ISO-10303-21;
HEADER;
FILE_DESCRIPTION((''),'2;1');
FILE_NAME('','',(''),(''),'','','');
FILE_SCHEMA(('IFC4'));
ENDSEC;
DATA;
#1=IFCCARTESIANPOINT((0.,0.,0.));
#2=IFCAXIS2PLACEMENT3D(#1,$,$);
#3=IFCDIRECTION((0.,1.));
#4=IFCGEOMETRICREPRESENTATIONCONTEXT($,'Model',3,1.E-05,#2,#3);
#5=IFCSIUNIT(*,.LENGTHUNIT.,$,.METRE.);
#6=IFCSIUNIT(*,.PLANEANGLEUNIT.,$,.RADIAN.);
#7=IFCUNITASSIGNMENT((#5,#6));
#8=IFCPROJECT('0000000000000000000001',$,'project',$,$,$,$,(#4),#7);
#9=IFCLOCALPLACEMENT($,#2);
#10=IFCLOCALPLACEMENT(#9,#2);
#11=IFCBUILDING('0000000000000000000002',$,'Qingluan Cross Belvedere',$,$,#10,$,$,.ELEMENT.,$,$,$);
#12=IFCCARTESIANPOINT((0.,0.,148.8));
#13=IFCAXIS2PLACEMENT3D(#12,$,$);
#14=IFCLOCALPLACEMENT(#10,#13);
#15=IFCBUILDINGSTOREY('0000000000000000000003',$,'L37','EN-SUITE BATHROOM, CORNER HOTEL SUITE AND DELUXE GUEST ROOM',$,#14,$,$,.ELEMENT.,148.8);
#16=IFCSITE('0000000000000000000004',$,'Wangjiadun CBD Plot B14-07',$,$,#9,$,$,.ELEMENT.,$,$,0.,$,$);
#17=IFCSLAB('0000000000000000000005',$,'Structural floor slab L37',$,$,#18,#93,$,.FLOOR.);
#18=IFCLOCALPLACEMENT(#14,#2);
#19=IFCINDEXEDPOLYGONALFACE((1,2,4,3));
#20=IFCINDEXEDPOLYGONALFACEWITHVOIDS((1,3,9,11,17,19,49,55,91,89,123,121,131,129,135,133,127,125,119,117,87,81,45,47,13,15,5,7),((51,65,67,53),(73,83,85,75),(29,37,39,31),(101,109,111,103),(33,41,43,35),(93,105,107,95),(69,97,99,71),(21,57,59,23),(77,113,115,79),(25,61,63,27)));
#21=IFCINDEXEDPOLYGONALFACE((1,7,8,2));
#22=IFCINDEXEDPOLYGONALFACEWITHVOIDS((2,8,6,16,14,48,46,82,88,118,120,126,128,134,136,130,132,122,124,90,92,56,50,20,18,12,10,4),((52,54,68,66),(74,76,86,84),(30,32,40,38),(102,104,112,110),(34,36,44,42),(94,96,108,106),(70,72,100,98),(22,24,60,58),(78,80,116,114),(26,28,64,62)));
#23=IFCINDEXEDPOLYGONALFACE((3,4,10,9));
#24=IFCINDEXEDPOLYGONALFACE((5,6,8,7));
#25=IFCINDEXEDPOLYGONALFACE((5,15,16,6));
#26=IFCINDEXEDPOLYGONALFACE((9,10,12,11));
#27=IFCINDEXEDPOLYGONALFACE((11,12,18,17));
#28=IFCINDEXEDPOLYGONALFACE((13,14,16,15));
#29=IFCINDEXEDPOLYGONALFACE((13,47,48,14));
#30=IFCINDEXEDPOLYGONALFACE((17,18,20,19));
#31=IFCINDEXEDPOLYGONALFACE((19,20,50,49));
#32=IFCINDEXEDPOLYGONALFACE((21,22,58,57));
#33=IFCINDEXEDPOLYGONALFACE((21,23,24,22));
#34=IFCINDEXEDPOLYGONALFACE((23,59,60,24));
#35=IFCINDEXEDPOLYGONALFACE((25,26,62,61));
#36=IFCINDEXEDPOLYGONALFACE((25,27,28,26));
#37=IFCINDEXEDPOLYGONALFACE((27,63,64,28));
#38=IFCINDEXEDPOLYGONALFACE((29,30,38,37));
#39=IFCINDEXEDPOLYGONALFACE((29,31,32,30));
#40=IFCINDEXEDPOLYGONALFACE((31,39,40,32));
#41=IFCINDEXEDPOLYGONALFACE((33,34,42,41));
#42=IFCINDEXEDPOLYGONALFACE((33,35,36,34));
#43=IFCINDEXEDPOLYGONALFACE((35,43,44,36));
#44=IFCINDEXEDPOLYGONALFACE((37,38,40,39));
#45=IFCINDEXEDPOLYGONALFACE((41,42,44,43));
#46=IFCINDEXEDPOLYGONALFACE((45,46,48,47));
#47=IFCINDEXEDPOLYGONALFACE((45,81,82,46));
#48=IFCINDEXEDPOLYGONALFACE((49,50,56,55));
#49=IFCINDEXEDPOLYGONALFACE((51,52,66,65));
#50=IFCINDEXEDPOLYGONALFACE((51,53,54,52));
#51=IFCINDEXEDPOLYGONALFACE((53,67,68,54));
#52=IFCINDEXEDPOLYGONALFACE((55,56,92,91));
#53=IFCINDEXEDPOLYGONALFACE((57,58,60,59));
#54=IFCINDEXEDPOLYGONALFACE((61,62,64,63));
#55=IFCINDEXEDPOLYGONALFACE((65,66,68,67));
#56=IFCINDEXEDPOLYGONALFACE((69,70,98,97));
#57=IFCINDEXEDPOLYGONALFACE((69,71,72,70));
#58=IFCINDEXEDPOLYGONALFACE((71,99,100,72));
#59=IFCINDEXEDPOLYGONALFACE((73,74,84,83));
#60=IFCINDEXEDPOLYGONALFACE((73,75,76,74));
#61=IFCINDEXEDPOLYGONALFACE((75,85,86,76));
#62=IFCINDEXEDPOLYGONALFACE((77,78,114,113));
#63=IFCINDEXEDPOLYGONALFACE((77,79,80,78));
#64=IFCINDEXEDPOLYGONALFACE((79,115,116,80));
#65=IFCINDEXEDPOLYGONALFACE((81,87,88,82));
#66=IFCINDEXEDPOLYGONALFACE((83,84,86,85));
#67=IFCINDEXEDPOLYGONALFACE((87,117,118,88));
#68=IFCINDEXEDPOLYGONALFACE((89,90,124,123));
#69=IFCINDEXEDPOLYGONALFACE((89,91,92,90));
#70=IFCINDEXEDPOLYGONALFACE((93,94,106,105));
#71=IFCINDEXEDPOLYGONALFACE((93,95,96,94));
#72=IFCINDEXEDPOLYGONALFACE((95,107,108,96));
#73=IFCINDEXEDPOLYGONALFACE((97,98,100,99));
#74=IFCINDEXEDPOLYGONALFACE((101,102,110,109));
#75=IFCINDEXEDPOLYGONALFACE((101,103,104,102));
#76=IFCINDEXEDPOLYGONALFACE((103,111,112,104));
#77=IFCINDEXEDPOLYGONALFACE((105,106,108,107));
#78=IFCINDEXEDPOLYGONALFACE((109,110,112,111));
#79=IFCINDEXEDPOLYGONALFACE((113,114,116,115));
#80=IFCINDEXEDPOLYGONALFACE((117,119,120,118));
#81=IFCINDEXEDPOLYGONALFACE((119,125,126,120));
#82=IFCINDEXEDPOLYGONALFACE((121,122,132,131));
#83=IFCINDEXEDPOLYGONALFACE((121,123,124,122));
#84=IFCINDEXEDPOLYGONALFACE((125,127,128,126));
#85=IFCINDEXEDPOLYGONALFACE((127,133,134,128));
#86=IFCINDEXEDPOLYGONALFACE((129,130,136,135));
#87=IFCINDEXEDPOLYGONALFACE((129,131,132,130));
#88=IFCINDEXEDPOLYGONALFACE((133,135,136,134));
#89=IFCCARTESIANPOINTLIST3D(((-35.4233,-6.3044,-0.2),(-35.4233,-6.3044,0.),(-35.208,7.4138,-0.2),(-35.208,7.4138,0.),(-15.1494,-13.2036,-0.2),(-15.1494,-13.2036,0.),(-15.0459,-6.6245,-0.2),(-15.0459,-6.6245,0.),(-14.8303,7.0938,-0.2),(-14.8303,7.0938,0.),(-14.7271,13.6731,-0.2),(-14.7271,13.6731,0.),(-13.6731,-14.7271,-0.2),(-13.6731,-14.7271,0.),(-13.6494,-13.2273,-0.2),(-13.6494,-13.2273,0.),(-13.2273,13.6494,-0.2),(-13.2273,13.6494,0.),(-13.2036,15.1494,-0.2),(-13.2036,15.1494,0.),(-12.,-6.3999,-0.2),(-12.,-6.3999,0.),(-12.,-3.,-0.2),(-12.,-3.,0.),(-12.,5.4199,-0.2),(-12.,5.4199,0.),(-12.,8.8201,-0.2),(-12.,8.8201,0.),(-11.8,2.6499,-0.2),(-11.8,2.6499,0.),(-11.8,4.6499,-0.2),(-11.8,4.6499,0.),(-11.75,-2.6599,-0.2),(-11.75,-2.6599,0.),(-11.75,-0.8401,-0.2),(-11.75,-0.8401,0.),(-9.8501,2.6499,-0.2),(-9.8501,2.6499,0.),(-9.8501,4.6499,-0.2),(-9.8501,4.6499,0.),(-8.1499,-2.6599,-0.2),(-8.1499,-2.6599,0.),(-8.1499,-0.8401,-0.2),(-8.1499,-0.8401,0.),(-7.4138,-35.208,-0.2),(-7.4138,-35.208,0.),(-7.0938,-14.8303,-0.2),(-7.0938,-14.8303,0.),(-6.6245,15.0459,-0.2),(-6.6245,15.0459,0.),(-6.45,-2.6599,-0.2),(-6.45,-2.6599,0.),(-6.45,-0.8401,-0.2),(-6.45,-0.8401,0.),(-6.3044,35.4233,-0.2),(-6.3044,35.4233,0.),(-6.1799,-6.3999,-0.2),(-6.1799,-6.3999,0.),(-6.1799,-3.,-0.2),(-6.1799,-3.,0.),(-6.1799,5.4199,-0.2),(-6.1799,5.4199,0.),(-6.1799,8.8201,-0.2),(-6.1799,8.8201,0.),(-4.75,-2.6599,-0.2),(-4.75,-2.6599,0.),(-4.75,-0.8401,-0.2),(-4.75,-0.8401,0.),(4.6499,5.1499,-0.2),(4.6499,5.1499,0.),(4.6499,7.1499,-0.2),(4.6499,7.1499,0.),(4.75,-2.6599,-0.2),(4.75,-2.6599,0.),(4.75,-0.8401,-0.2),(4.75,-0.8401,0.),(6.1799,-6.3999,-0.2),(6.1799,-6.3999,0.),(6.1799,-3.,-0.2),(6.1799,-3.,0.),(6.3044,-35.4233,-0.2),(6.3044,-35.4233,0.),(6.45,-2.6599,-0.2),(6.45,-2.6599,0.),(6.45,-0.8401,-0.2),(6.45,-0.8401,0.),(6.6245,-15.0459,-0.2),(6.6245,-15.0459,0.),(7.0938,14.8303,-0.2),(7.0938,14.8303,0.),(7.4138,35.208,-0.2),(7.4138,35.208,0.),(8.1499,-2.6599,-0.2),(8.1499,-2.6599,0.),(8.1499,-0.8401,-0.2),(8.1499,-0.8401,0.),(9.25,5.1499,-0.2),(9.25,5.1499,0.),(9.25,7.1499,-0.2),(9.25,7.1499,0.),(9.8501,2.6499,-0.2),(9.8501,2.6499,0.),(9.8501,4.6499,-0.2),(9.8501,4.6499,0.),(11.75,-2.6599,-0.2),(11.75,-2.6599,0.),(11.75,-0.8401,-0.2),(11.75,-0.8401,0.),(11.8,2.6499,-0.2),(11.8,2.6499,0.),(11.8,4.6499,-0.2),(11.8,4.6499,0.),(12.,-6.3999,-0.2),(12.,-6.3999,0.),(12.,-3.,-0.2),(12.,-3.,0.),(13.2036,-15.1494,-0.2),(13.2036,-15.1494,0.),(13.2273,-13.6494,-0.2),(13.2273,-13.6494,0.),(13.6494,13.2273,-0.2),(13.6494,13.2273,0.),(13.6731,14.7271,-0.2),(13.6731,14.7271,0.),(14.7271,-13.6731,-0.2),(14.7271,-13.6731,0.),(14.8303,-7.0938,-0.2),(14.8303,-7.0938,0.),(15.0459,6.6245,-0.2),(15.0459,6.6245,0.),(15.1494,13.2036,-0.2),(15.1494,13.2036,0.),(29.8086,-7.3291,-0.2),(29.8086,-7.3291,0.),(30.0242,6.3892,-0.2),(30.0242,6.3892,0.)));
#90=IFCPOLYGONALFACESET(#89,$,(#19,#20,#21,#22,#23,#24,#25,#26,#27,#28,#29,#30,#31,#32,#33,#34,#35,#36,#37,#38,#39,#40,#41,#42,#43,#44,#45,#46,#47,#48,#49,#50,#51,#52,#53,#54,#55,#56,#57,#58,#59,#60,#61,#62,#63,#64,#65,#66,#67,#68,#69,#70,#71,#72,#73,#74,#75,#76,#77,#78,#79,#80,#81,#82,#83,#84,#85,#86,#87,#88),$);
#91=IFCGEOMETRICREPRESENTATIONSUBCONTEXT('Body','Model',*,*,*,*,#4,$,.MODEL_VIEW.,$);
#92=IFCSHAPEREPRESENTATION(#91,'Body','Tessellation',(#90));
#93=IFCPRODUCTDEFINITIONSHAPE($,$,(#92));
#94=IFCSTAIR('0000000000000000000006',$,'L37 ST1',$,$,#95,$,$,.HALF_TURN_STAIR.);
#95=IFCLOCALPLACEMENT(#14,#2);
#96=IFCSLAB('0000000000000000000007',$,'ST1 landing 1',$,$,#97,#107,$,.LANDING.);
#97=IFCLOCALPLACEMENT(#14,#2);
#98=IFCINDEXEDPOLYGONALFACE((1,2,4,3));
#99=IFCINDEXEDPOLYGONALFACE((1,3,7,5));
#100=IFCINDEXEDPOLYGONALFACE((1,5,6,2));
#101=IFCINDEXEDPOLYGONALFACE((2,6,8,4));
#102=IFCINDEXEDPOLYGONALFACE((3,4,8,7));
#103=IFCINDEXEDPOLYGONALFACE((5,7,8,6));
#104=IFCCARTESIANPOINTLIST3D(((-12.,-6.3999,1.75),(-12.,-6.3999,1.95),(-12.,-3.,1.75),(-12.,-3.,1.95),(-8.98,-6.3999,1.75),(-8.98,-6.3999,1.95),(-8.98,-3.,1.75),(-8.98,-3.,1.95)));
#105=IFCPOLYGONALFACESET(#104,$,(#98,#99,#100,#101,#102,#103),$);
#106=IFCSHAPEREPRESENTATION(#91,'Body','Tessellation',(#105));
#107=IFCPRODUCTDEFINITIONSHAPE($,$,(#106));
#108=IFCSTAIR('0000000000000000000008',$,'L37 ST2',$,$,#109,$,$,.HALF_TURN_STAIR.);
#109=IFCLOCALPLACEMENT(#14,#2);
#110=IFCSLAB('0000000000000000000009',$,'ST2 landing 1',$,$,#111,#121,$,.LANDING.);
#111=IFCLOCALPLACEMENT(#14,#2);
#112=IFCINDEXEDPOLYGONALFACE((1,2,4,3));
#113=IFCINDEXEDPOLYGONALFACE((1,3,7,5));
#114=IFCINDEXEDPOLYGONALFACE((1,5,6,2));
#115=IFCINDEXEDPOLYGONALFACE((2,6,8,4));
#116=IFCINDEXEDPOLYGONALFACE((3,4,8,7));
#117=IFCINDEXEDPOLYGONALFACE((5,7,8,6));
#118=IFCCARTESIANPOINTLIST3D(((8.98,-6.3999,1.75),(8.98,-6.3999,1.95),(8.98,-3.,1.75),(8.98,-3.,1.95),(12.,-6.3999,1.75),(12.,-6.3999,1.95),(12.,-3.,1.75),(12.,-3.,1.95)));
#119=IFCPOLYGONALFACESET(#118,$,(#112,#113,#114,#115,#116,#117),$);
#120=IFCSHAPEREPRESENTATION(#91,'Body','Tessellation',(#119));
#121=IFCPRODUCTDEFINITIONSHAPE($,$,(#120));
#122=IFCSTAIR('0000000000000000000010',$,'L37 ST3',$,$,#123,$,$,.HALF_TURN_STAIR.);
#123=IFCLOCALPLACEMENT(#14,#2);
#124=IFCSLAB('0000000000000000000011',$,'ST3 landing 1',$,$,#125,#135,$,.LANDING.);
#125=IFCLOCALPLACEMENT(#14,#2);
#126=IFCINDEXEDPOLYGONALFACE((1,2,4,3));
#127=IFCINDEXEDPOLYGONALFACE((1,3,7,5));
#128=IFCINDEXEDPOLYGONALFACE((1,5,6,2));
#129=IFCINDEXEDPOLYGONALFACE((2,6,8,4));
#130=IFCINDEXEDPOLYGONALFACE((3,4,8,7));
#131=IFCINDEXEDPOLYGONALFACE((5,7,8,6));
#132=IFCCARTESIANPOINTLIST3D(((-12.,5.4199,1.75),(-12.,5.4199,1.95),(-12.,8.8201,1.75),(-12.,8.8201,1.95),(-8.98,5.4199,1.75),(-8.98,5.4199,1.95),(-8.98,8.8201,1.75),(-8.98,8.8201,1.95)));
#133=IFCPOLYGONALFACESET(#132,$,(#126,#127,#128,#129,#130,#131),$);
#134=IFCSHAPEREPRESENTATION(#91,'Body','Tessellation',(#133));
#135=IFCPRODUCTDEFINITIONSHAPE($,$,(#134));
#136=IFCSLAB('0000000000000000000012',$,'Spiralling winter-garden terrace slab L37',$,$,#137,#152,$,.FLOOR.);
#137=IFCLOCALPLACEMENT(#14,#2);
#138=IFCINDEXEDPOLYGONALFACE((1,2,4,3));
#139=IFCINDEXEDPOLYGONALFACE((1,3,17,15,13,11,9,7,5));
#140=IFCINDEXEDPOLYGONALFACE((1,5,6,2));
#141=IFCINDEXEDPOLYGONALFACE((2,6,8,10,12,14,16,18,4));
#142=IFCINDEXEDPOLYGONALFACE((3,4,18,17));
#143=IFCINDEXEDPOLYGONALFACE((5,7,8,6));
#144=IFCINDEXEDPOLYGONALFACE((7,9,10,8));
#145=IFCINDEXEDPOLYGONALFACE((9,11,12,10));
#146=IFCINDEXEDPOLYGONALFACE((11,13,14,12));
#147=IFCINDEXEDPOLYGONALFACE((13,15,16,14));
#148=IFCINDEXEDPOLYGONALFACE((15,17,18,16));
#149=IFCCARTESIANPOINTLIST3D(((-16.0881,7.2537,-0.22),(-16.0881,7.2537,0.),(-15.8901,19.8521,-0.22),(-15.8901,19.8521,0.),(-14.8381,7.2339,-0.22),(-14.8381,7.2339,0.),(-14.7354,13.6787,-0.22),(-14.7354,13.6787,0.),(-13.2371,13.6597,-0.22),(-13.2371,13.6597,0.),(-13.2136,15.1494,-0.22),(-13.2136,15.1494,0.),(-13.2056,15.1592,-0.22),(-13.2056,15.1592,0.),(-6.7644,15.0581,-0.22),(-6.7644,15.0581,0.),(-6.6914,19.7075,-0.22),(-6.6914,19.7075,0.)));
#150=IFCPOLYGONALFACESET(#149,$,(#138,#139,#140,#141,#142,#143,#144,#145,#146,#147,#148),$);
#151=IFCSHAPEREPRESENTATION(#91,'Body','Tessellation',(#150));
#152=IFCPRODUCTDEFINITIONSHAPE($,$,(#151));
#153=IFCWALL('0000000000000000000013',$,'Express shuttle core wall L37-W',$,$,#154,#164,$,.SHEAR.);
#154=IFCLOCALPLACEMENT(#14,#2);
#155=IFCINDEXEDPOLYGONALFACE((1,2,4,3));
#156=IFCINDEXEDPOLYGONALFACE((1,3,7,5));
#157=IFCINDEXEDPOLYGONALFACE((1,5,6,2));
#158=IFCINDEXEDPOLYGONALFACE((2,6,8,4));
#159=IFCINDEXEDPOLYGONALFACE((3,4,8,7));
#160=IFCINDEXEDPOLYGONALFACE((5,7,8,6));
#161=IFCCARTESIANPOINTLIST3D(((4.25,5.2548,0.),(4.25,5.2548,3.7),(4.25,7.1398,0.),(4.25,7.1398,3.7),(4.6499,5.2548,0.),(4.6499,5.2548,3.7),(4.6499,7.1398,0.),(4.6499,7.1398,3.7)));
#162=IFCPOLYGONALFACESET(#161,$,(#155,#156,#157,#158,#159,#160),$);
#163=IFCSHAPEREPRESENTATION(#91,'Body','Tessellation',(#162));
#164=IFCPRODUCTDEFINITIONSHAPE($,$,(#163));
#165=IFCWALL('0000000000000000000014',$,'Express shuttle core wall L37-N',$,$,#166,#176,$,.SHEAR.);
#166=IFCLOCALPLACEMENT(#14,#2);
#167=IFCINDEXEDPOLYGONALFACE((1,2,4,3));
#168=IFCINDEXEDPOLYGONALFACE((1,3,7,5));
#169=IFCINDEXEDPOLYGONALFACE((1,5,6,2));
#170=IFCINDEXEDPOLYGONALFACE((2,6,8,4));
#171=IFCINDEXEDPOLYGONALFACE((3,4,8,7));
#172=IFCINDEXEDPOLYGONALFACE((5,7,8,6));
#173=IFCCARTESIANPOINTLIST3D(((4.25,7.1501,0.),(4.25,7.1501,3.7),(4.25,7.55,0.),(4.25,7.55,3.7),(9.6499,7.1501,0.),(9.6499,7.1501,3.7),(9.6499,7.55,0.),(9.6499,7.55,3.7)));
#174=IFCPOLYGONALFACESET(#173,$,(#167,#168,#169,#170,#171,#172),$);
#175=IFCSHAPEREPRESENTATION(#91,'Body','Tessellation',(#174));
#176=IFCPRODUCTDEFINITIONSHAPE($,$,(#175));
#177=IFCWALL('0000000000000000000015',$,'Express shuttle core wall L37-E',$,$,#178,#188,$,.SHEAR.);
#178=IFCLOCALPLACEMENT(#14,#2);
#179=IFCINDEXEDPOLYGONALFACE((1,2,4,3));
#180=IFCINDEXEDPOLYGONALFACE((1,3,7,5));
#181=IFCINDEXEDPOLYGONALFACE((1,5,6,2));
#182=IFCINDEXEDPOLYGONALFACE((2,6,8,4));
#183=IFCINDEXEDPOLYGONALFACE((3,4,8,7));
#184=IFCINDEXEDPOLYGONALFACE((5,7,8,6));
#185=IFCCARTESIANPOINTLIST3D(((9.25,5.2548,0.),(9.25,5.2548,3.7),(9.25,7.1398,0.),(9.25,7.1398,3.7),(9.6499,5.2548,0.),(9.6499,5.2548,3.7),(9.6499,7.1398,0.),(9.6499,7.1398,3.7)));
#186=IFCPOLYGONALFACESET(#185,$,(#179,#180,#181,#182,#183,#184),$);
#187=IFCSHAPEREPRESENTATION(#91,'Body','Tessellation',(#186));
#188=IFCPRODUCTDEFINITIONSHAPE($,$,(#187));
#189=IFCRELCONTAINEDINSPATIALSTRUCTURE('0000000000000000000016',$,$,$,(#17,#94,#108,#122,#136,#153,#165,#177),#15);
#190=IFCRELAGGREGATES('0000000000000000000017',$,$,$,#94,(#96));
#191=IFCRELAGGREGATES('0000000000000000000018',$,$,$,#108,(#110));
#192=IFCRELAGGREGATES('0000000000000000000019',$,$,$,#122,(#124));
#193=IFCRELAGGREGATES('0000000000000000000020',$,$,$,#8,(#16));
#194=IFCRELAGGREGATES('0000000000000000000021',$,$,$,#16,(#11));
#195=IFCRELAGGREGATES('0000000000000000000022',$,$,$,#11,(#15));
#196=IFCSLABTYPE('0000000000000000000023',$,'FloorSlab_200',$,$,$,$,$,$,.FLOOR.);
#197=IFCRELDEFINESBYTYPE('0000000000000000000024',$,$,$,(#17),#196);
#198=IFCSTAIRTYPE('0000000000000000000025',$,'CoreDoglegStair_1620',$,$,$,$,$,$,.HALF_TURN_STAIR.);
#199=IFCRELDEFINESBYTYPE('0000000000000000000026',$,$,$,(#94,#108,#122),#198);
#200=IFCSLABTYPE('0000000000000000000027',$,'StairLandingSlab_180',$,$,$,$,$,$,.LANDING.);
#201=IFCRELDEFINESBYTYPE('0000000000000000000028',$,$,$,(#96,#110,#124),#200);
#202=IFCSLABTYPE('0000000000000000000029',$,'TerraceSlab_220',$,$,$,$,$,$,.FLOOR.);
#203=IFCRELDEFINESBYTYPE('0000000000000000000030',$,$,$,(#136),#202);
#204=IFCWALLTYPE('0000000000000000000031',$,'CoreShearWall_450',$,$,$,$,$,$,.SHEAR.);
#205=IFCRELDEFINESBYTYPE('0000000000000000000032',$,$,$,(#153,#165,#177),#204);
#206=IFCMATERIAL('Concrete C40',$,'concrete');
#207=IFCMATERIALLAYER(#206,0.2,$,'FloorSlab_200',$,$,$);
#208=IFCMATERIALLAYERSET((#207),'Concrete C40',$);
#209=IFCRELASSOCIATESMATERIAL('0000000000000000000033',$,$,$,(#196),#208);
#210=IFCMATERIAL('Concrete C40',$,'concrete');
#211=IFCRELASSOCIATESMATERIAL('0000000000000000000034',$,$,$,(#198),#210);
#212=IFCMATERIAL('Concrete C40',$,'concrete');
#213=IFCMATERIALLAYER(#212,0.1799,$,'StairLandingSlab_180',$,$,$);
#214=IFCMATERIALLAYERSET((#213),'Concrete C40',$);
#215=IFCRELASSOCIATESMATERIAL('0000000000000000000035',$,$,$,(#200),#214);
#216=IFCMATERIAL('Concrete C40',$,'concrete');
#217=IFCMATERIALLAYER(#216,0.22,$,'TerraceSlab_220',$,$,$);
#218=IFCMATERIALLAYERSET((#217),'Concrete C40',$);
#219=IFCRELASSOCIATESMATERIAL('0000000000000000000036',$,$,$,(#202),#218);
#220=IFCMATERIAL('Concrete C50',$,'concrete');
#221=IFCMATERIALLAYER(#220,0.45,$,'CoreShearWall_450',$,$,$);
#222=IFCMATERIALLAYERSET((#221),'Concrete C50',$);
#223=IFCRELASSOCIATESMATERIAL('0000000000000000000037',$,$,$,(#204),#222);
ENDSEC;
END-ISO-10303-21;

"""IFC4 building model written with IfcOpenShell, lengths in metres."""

from ifc_helpers import new_model, si_unit, direction, frame, frame_2d, origin, place, context, subcontext, project, spatial, polyline, rectangle, outline, extrude, material, layer, layer_set, type_object, element, aggregate, save


model = new_model("IFC4")

# Units and contexts
model_context = context("Model", 3, precision=1e-05, world=origin(), true_north=direction((0.0, 1.0)))
body_context = subcontext(model_context, "Body", "Model", "MODEL_VIEW")
ifc_project = project(units=[si_unit("LENGTHUNIT", "METRE"), si_unit("PLANEANGLEUNIT", "RADIAN")], contexts=[model_context])

# Site, building, storey
site_placement = place(None, origin())
site = spatial("IfcSite", under=ifc_project, at=site_placement, Name="Wangjiadun CBD Plot B14-07", CompositionType="ELEMENT", RefElevation=0.0)
building_placement = place(site_placement, origin())
building = spatial("IfcBuilding", under=site, at=building_placement, Name="Qingluan Cross Belvedere", CompositionType="ELEMENT")
storey_placement = place(building_placement, frame((0.0, 0.0, 148.8)))
storey = spatial("IfcBuildingStorey", under=building, at=storey_placement, Name="L37", Description="EN-SUITE BATHROOM, CORNER HOTEL SUITE AND DELUXE GUEST ROOM", CompositionType="ELEMENT", Elevation=148.8)

# Slab
ifc_material_1 = material(Name="Concrete C40", Category="concrete")
ifc_layer_1 = layer(ifc_material_1, 0.2, Name="FloorSlab_200")
ifc_layer_set_1 = layer_set([ifc_layer_1], Name="Concrete C40")
slab_type_1 = type_object("IfcSlabType", Name="FloorSlab_200", PredefinedType="FLOOR", material=ifc_layer_set_1)
slab_1_placement = place(storey_placement, frame((0.0, 0.0, -0.2)))
element("IfcSlab", 1, at=slab_1_placement, inside=storey, type_object=slab_type_1, Name="Structural floor slab L37", PredefinedType="FLOOR", context=body_context, shape_type="SweptSolid", body=[
    extrude(outline(polyline([(6.3044, -35.4233), (6.6245, -15.0459), (13.2036, -15.1494), (13.2273, -13.6494), (14.7271, -13.6731), (14.8303, -7.0938), (29.8086, -7.3291), (30.0242, 6.3892), (15.0459, 6.6245), (15.1494, 13.2036), (13.6494, 13.2273), (13.6731, 14.7271), (7.0938, 14.8303), (7.4138, 35.208), (-6.3044, 35.4233), (-6.6245, 15.0459), (-13.2036, 15.1494), (-13.2273, 13.6494), (-14.7271, 13.6731), (-14.8303, 7.0938), (-35.208, 7.4138), (-35.4233, -6.3044), (-15.0459, -6.6245), (-15.1494, -13.2036), (-13.6494, -13.2273), (-13.6731, -14.7271), (-7.0938, -14.8303), (-7.4138, -35.208), (6.3044, -35.4233)]), holes=[polyline([(-12.0, -3.0), (-6.1799, -3.0), (-6.1799, -6.3999), (-12.0, -6.3999), (-12.0, -3.0)]), polyline([(6.1799, -3.0), (12.0, -3.0), (12.0, -6.3999), (6.1799, -6.3999), (6.1799, -3.0)]), polyline([(-12.0, 8.8201), (-6.1799, 8.8201), (-6.1799, 5.4199), (-12.0, 5.4199), (-12.0, 8.8201)]), polyline([(-11.8, 4.6499), (-9.8501, 4.6499), (-9.8501, 2.6499), (-11.8, 2.6499), (-11.8, 4.6499)]), polyline([(9.8501, 4.6499), (11.8, 4.6499), (11.8, 2.6499), (9.8501, 2.6499), (9.8501, 4.6499)]), polyline([(-11.75, -0.8401), (-8.1499, -0.8401), (-8.1499, -2.6599), (-11.75, -2.6599), (-11.75, -0.8401)]), polyline([(-6.45, -0.8401), (-4.75, -0.8401), (-4.75, -2.6599), (-6.45, -2.6599), (-6.45, -0.8401)]), polyline([(4.75, -0.8401), (6.45, -0.8401), (6.45, -2.6599), (4.75, -2.6599), (4.75, -0.8401)]), polyline([(8.1499, -0.8401), (11.75, -0.8401), (11.75, -2.6599), (8.1499, -2.6599), (8.1499, -0.8401)]), polyline([(4.6499, 7.1499), (9.25, 7.1499), (9.25, 5.1499), (4.6499, 5.1499), (4.6499, 7.1499)])]), origin(), (0.0, 0.0, 1.0), 0.2),
])

# Stairs, slabs
ifc_material_2 = material(Name="Concrete C40", Category="concrete")
stair_type = type_object("IfcStairType", Name="CoreDoglegStair_1620", PredefinedType="HALF_TURN_STAIR", material=ifc_material_2)
stair_1_placement = place(storey_placement, origin())
stair_1 = element("IfcStair", 2, at=stair_1_placement, inside=storey, type_object=stair_type, Name="L37 ST1", PredefinedType="HALF_TURN_STAIR")
ifc_material_3 = material(Name="Concrete C40", Category="concrete")
ifc_layer_2 = layer(ifc_material_3, 0.1799, Name="StairLandingSlab_180")
ifc_layer_set_2 = layer_set([ifc_layer_2], Name="Concrete C40")
slab_type_2 = type_object("IfcSlabType", Name="StairLandingSlab_180", PredefinedType="LANDING", material=ifc_layer_set_2)
slab_2_placement = place(storey_placement, frame((0.0, 0.0, 1.75)))
slab_2 = element("IfcSlab", 3, at=slab_2_placement, type_object=slab_type_2, Name="ST1 landing 1", PredefinedType="LANDING", context=body_context, shape_type="SweptSolid", body=[
    extrude(outline(polyline([(-8.98, -3.0), (-12.0, -3.0), (-12.0, -6.3999), (-8.98, -6.3999), (-8.98, -3.0)])), origin(), (0.0, 0.0, 1.0), 0.2),
])
aggregate(stair_1, [slab_2])
stair_2_placement = place(storey_placement, origin())
stair_2 = element("IfcStair", 4, at=stair_2_placement, inside=storey, type_object=stair_type, Name="L37 ST2", PredefinedType="HALF_TURN_STAIR")
slab_3_placement = place(storey_placement, frame((0.0, 0.0, 1.75)))
slab_3 = element("IfcSlab", 5, at=slab_3_placement, type_object=slab_type_2, Name="ST2 landing 1", PredefinedType="LANDING", context=body_context, shape_type="SweptSolid", body=[
    extrude(outline(polyline([(8.98, -6.3999), (12.0, -6.3999), (12.0, -3.0), (8.98, -3.0), (8.98, -6.3999)])), origin(), (0.0, 0.0, 1.0), 0.2),
])
aggregate(stair_2, [slab_3])
stair_3_placement = place(storey_placement, origin())
stair_3 = element("IfcStair", 6, at=stair_3_placement, inside=storey, type_object=stair_type, Name="L37 ST3", PredefinedType="HALF_TURN_STAIR")
slab_4_placement = place(storey_placement, frame((0.0, 0.0, 1.75)))
slab_4 = element("IfcSlab", 7, at=slab_4_placement, type_object=slab_type_2, Name="ST3 landing 1", PredefinedType="LANDING", context=body_context, shape_type="SweptSolid", body=[
    extrude(outline(polyline([(-8.98, 8.8201), (-12.0, 8.8201), (-12.0, 5.4199), (-8.98, 5.4199), (-8.98, 8.8201)])), origin(), (0.0, 0.0, 1.0), 0.2),
])
aggregate(stair_3, [slab_4])

# Slab
ifc_material_4 = material(Name="Concrete C40", Category="concrete")
ifc_layer_3 = layer(ifc_material_4, 0.22, Name="TerraceSlab_220")
ifc_layer_set_3 = layer_set([ifc_layer_3], Name="Concrete C40")
slab_type_3 = type_object("IfcSlabType", Name="TerraceSlab_220", PredefinedType="FLOOR", material=ifc_layer_set_3)
slab_5_placement = place(storey_placement, frame((0.0, 0.0, -0.22)))
element("IfcSlab", 8, at=slab_5_placement, inside=storey, type_object=slab_type_3, Name="Spiralling winter-garden terrace slab L37", PredefinedType="FLOOR", context=body_context, shape_type="SweptSolid", body=[
    extrude(outline(polyline([(-14.8381, 7.2339), (-14.7354, 13.6787), (-13.2371, 13.6597), (-13.2136, 15.1494), (-13.2056, 15.1592), (-6.7644, 15.0581), (-6.6914, 19.7075), (-15.8901, 19.8521), (-16.0881, 7.2537), (-14.8381, 7.2339)])), origin(), (0.0, 0.0, 1.0), 0.22),
])

# Walls
ifc_material_5 = material(Name="Concrete C50", Category="concrete")
ifc_layer_4 = layer(ifc_material_5, 0.45, Name="CoreShearWall_450")
ifc_layer_set_4 = layer_set([ifc_layer_4], Name="Concrete C50")
wall_type_1 = type_object("IfcWallType", Name="CoreShearWall_450", PredefinedType="SHEAR", material=ifc_layer_set_4)
wall_1_placement = place(storey_placement, frame((4.45, 5.2549, 0.0), z_axis=(0.0, 0.0, 1.0), x_axis=(0.0, 1.0, 0.0)))
element("IfcWall", 9, at=wall_1_placement, inside=storey, type_object=wall_type_1, Name="Express shuttle core wall L37-W", PredefinedType="SHEAR", context=body_context, shape_type="SweptSolid", body=[
    extrude(rectangle(XDim=1.885, YDim=0.3999, at=frame_2d((0.9424, 0.0))), origin(), (0.0, 0.0, 1.0), 3.7),
])
wall_2_placement = place(storey_placement, frame((4.25, 7.3501, 0.0), z_axis=(0.0, 0.0, 1.0), x_axis=(1.0, 0.0, 0.0)))
element("IfcWall", 10, at=wall_2_placement, inside=storey, type_object=wall_type_1, Name="Express shuttle core wall L37-N", PredefinedType="SHEAR", context=body_context, shape_type="SweptSolid", body=[
    extrude(rectangle(XDim=5.3999, YDim=0.3999, at=frame_2d((2.7, 0.0))), origin(), (0.0, 0.0, 1.0), 3.7),
])
wall_3_placement = place(storey_placement, frame((9.45, 5.2549, 0.0), z_axis=(0.0, 0.0, 1.0), x_axis=(0.0, 1.0, 0.0)))
element("IfcWall", 11, at=wall_3_placement, inside=storey, type_object=wall_type_1, Name="Express shuttle core wall L37-E", PredefinedType="SHEAR", context=body_context, shape_type="SweptSolid", body=[
    extrude(rectangle(XDim=1.885, YDim=0.3999, at=frame_2d((0.9424, 0.0))), origin(), (0.0, 0.0, 1.0), 3.7),
])

save(model, "model.ifc")
